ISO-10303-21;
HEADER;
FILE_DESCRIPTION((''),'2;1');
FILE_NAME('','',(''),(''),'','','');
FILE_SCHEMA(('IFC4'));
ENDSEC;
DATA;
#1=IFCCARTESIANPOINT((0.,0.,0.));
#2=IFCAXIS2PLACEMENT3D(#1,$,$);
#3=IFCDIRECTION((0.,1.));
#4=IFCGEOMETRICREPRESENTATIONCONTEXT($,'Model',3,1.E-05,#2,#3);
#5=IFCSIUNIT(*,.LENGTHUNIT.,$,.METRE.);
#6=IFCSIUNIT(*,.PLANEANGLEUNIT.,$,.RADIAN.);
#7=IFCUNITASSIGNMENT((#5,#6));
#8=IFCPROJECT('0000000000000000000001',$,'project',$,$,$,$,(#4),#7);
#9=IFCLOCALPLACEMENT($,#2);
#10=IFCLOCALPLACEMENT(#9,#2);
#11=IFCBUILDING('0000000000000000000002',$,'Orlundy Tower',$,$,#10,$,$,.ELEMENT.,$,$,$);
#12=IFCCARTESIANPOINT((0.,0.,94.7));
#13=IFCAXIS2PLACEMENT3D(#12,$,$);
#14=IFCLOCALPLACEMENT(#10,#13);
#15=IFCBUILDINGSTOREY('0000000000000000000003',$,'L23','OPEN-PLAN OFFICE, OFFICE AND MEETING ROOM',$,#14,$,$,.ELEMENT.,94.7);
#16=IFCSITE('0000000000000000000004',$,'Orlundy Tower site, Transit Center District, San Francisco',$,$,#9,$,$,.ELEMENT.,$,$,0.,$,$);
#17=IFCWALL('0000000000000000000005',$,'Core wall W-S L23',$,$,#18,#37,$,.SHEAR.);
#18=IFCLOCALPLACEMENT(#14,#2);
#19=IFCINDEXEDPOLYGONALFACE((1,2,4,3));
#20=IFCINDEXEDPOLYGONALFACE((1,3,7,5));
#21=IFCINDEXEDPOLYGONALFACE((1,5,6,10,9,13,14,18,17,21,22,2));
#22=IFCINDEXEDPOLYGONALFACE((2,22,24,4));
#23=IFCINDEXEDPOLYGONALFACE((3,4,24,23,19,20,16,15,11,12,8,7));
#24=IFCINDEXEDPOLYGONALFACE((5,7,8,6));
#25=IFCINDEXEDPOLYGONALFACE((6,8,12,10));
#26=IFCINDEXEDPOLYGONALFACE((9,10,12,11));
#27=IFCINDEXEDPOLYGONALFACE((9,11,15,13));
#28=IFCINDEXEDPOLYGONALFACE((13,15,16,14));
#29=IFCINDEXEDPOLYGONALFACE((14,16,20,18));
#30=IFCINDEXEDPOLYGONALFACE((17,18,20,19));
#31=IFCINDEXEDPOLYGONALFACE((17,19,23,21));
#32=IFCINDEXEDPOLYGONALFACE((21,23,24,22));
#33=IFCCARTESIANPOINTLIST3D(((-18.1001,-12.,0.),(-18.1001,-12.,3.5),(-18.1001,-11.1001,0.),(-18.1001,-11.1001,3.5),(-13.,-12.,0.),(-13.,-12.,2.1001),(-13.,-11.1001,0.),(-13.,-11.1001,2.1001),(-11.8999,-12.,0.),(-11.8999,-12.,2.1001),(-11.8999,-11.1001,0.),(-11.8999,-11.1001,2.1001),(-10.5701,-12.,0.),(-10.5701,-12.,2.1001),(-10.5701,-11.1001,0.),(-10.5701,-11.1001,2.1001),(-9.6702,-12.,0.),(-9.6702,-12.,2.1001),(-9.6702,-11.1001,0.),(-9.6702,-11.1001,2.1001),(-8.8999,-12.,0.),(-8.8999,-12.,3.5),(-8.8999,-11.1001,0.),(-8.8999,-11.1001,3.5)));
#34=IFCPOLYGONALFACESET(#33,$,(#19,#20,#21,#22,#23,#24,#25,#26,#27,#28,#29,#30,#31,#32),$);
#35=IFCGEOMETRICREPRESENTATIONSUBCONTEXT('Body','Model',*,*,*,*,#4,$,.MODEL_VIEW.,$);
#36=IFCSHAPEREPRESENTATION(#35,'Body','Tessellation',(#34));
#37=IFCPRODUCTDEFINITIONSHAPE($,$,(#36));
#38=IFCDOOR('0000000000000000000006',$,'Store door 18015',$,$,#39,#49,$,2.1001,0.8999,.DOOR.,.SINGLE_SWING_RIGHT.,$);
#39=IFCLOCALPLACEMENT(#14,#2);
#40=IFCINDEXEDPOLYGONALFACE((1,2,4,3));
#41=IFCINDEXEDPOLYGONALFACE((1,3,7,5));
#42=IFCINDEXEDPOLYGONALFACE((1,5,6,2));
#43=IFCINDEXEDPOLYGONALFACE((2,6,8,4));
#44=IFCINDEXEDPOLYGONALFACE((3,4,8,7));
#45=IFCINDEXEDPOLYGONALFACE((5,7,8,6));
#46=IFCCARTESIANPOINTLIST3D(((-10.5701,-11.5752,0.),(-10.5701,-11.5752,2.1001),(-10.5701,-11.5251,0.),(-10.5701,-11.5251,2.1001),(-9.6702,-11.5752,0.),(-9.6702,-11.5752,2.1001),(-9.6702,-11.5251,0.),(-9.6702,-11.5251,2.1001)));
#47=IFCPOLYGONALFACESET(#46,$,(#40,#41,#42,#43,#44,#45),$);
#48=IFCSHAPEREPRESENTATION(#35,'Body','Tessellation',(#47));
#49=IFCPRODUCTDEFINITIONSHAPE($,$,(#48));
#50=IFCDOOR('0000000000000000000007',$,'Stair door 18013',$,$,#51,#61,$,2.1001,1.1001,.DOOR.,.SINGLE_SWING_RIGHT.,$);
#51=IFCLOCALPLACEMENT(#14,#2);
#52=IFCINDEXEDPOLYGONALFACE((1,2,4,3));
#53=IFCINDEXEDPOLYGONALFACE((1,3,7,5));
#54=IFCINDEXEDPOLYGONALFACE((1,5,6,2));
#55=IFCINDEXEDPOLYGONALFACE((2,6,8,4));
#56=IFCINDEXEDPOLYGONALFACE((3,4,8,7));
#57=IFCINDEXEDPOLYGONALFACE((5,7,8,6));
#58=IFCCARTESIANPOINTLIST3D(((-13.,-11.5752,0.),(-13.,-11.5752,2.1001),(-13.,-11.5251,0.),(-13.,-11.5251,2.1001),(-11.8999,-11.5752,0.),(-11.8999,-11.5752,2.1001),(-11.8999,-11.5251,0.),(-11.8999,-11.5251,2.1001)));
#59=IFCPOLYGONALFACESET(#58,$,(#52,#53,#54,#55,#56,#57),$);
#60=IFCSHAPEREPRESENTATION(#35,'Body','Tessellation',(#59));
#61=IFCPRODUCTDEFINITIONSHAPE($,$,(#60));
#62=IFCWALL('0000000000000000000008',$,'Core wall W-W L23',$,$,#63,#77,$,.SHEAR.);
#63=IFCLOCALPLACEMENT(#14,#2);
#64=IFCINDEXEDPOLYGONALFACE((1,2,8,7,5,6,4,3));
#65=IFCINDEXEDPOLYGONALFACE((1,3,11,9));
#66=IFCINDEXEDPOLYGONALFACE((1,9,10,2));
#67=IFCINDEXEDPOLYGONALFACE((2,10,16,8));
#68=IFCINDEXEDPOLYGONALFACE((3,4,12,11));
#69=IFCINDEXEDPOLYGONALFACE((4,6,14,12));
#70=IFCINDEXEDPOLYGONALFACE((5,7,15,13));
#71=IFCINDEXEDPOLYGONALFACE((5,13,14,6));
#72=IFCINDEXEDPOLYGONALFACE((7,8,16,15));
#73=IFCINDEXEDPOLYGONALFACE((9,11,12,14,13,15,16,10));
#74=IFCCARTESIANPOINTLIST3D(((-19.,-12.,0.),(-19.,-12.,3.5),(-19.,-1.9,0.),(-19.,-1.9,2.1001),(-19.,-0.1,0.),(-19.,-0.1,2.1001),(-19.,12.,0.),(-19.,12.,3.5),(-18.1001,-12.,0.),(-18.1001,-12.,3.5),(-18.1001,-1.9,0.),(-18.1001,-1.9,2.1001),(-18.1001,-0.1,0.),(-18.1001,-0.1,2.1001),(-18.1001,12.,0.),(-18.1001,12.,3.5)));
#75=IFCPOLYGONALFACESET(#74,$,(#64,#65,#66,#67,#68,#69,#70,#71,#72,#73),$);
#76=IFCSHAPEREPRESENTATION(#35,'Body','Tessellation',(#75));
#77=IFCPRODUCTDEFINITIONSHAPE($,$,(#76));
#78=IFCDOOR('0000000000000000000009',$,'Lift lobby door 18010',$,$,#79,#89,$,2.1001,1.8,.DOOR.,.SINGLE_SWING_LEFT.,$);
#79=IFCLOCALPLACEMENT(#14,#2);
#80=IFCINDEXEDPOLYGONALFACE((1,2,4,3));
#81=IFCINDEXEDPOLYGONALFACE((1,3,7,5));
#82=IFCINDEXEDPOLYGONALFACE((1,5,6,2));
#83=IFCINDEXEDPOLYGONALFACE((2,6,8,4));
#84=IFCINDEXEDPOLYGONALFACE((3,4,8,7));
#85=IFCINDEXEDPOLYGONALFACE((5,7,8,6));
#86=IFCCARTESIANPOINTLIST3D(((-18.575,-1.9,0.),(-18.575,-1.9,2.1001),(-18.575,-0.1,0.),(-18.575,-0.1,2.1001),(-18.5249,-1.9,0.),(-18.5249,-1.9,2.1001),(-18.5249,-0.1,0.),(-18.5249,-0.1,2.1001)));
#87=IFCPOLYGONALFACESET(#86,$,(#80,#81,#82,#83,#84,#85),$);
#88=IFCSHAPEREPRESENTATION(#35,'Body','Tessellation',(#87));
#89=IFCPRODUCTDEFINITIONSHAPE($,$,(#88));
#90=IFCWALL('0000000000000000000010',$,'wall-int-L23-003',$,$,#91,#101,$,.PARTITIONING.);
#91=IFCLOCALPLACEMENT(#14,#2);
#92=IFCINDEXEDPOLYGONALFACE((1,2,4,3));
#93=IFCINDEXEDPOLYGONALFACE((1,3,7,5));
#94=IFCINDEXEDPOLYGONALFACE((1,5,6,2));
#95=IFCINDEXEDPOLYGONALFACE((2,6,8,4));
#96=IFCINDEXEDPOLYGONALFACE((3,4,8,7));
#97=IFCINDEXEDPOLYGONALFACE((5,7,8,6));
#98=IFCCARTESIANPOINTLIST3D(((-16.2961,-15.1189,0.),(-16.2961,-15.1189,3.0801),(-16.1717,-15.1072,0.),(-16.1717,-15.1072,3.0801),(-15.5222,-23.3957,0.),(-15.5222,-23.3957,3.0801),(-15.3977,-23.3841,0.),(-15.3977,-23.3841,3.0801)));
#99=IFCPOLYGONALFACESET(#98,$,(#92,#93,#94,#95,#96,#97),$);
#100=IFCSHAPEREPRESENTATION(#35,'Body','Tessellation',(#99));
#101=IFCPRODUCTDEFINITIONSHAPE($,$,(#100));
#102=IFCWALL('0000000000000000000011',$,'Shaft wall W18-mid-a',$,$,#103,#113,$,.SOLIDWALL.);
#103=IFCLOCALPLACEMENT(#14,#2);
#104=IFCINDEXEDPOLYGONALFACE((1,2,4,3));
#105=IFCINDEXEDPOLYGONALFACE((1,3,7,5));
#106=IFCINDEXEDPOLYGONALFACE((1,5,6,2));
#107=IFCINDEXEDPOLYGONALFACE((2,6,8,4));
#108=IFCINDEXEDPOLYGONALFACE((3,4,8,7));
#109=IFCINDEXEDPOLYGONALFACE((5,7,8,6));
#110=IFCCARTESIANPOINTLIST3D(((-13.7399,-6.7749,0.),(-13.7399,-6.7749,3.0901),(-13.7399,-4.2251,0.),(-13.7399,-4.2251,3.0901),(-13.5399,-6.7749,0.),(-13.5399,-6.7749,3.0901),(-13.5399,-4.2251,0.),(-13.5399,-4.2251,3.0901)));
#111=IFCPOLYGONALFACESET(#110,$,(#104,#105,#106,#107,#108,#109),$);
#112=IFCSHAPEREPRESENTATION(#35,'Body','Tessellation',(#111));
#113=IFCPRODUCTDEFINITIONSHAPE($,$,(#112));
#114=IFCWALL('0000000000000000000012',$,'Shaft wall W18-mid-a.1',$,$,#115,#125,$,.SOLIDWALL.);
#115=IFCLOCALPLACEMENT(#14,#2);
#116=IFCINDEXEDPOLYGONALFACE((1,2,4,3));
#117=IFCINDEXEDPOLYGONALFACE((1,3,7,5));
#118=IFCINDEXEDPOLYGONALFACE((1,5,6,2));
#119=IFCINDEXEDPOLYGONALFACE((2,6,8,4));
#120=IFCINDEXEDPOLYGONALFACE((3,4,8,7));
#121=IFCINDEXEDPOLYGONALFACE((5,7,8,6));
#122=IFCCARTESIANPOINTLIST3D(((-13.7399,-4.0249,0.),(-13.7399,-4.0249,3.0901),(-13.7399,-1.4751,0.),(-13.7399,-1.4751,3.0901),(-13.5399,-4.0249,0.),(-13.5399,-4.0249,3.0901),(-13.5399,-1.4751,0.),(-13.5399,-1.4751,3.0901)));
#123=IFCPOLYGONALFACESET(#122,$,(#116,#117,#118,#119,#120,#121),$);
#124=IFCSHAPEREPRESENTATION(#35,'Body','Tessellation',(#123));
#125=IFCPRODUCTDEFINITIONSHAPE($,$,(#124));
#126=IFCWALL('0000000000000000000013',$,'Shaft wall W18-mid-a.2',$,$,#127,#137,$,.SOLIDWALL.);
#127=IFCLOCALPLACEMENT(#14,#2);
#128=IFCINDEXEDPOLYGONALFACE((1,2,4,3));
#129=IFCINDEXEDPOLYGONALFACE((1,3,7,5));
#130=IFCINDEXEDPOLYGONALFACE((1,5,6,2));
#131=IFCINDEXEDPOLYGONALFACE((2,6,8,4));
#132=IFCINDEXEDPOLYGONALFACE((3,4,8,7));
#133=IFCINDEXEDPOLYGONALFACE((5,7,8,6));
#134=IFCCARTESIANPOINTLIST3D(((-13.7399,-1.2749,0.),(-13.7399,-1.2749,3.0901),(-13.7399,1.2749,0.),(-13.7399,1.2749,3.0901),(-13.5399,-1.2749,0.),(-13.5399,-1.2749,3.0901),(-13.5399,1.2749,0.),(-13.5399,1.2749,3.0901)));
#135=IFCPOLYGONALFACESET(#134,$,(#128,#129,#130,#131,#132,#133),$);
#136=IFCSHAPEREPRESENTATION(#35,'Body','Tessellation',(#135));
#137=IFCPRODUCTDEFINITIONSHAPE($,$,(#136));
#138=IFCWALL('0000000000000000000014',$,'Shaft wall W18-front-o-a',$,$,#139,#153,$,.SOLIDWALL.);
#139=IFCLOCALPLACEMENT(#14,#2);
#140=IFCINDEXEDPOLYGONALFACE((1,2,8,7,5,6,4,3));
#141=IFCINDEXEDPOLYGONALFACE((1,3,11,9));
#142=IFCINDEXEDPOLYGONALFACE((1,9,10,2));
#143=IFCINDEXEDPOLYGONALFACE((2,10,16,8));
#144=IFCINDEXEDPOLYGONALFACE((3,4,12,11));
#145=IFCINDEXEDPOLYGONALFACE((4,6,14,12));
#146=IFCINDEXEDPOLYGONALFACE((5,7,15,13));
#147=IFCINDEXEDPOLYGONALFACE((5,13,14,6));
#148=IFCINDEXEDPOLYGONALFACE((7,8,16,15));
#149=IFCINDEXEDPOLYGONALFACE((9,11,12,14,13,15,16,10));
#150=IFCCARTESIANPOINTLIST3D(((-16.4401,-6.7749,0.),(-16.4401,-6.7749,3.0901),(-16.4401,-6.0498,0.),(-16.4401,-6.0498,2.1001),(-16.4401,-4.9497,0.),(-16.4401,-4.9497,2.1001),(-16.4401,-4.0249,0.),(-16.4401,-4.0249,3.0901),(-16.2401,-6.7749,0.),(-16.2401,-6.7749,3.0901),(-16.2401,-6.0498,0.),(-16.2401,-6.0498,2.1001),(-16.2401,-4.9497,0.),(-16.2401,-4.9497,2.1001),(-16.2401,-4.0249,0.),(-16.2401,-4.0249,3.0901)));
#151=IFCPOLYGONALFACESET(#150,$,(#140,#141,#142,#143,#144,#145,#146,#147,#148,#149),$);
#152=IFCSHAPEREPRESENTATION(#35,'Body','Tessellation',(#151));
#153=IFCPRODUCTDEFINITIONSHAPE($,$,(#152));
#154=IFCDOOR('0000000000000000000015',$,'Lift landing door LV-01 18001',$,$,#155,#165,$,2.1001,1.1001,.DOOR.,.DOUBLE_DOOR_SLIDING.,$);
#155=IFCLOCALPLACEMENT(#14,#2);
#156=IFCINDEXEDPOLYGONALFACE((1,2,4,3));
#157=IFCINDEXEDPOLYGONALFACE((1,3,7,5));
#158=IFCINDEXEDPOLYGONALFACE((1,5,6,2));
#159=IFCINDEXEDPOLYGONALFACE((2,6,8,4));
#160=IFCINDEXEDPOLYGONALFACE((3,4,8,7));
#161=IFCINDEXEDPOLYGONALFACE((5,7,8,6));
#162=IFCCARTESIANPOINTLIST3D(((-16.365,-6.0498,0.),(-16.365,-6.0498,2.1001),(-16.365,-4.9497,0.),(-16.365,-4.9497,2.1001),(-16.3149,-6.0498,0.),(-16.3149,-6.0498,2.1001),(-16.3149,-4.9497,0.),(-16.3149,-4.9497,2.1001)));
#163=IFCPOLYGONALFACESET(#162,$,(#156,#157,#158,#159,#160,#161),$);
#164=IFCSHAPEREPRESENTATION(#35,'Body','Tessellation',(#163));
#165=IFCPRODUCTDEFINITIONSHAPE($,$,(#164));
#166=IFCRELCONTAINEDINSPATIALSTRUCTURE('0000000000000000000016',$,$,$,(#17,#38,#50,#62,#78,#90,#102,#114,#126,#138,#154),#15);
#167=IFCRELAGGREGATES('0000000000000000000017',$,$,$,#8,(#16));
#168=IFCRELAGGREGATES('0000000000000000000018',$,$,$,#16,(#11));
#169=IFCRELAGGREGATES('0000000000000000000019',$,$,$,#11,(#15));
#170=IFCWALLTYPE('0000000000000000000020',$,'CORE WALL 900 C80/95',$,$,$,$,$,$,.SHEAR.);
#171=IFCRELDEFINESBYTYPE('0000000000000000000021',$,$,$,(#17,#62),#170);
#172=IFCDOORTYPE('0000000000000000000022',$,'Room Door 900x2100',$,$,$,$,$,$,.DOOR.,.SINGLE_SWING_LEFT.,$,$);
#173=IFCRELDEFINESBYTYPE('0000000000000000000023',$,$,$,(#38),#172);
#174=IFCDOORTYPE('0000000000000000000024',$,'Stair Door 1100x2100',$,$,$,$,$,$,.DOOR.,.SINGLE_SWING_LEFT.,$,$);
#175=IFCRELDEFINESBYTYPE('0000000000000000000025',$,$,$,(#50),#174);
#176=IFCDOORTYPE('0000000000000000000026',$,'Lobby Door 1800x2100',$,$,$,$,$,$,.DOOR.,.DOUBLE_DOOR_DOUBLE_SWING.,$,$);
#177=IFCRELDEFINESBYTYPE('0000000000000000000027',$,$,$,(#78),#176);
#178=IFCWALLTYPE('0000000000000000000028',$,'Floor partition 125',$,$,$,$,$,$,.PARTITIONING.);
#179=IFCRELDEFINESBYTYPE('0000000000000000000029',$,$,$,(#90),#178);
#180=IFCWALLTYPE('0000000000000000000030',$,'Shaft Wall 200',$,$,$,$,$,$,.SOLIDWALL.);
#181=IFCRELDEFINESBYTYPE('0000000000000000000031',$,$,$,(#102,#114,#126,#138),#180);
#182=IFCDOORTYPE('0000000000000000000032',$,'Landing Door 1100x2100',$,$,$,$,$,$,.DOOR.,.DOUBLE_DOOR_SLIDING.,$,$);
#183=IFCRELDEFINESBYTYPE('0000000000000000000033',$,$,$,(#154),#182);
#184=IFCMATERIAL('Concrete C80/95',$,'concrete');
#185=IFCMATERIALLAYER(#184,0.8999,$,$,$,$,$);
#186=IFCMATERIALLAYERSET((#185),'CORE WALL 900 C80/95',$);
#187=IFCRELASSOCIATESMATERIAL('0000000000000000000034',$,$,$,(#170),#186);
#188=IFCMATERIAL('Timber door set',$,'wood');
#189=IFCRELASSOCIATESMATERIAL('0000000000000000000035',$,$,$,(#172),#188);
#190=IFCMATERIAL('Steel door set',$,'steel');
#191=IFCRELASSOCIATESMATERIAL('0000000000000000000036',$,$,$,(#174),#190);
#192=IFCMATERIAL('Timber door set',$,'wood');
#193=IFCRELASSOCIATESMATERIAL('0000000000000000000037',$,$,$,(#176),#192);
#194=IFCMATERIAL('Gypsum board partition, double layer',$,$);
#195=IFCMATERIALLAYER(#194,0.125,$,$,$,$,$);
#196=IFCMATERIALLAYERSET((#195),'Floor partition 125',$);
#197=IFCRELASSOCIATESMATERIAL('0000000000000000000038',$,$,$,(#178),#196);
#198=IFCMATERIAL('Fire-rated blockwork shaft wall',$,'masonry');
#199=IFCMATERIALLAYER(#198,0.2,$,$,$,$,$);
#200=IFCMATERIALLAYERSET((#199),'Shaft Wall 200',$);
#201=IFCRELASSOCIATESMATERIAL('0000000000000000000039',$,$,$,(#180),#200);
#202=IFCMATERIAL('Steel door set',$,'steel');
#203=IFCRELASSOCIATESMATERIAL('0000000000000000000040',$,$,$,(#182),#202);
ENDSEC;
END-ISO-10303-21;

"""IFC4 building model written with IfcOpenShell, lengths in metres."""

from ifc_helpers import new_model, si_unit, direction, frame, frame_2d, origin, place, context, subcontext, project, spatial, rectangle, extrude, material, layer, layer_set, type_object, element, fill, save


model = new_model("IFC4")

# Units and contexts
model_context = context("Model", 3, precision=1e-05, world=origin(), true_north=direction((0.0, 1.0)))
body_context = subcontext(model_context, "Body", "Model", "MODEL_VIEW")
ifc_project = project(units=[si_unit("LENGTHUNIT", "METRE"), si_unit("PLANEANGLEUNIT", "RADIAN")], contexts=[model_context])

# Site, building, storey
site_placement = place(None, origin())
site = spatial("IfcSite", under=ifc_project, at=site_placement, Name="Orlundy Tower site, Transit Center District, San Francisco", CompositionType="ELEMENT", RefElevation=0.0)
building_placement = place(site_placement, origin())
building = spatial("IfcBuilding", under=site, at=building_placement, Name="Orlundy Tower", CompositionType="ELEMENT")
storey_placement = place(building_placement, frame((0.0, 0.0, 94.7)))
storey = spatial("IfcBuildingStorey", under=building, at=storey_placement, Name="L23", Description="OPEN-PLAN OFFICE, OFFICE AND MEETING ROOM", CompositionType="ELEMENT", Elevation=94.7)

# Wall, openings, doors
ifc_material_1 = material(Name="Concrete C80/95", Category="concrete")
ifc_layer_1 = layer(ifc_material_1, 0.8999)
ifc_layer_set_1 = layer_set([ifc_layer_1], Name="CORE WALL 900 C80/95")
wall_type_1 = type_object("IfcWallType", Name="CORE WALL 900 C80/95", PredefinedType="SHEAR", material=ifc_layer_set_1)
wall_1_placement = place(storey_placement, frame((-18.1001, -11.55, 0.0), z_axis=(0.0, 0.0, 1.0), x_axis=(1.0, 0.0, 0.0)))
wall_1 = element("IfcWall", 1, at=wall_1_placement, inside=storey, type_object=wall_type_1, Name="Core wall W-S L23", PredefinedType="SHEAR", context=body_context, shape_type="SweptSolid", body=[
    extrude(rectangle(XDim=9.2002, YDim=0.8999, at=frame_2d((4.6001, 0.0))), origin(), (0.0, 0.0, 1.0), 3.5),
])
opening_1_placement = place(wall_1_placement, frame((5.1001, 0.0, 0.0)))
opening_1 = element("IfcOpeningElement", 2, at=opening_1_placement, cuts=wall_1, PredefinedType="OPENING", context=body_context, shape_type="SweptSolid", body=[
    extrude(rectangle(XDim=1.1001, YDim=2.1001, at=frame_2d((0.55, 1.05))), frame((0.0, 0.46, 0.0), z_axis=(0.0, -1.0, 0.0), x_axis=(1.0, 0.0, 0.0)), (0.0, 0.0, 1.0), 0.9199),
])
opening_2_placement = place(wall_1_placement, frame((7.53, 0.0, 0.0)))
opening_2 = element("IfcOpeningElement", 3, at=opening_2_placement, cuts=wall_1, PredefinedType="OPENING", context=body_context, shape_type="SweptSolid", body=[
    extrude(rectangle(XDim=0.8999, YDim=2.1001, at=frame_2d((0.45, 1.05))), frame((0.0, 0.46, 0.0), z_axis=(0.0, -1.0, 0.0), x_axis=(1.0, 0.0, 0.0)), (0.0, 0.0, 1.0), 0.9199),
])
ifc_material_2 = material(Name="Timber door set", Category="wood")
door_type_1 = type_object("IfcDoorType", Name="Room Door 900x2100", OperationType="SINGLE_SWING_LEFT", PredefinedType="DOOR", material=ifc_material_2)
door_1_placement = place(opening_2_placement, origin())
door_1 = element("IfcDoor", 4, at=door_1_placement, inside=storey, type_object=door_type_1, Name="Store door 18015", OperationType="SINGLE_SWING_RIGHT", OverallHeight=2.1001, OverallWidth=0.8999, PredefinedType="DOOR", context=body_context, shape_type="SweptSolid", body=[
    extrude(rectangle(XDim=0.8999, YDim=2.1001, at=frame_2d((0.45, 1.05))), frame((0.0, 0.0249, 0.0), z_axis=(0.0, -1.0, 0.0), x_axis=(1.0, 0.0, 0.0)), (0.0, 0.0, 1.0), 0.05),
])
fill(opening_2, door_1)
ifc_material_3 = material(Name="Steel door set", Category="steel")
door_type_2 = type_object("IfcDoorType", Name="Stair Door 1100x2100", OperationType="SINGLE_SWING_LEFT", PredefinedType="DOOR", material=ifc_material_3)
door_2_placement = place(opening_1_placement, origin())
door_2 = element("IfcDoor", 5, at=door_2_placement, inside=storey, type_object=door_type_2, Name="Stair door 18013", OperationType="SINGLE_SWING_RIGHT", OverallHeight=2.1001, OverallWidth=1.1001, PredefinedType="DOOR", context=body_context, shape_type="SweptSolid", body=[
    extrude(rectangle(XDim=1.1001, YDim=2.1001, at=frame_2d((0.55, 1.05))), frame((0.0, 0.0249, 0.0), z_axis=(0.0, -1.0, 0.0), x_axis=(1.0, 0.0, 0.0)), (0.0, 0.0, 1.0), 0.05),
])
fill(opening_1, door_2)

# Wall, opening, door
wall_2_placement = place(storey_placement, frame((-18.55, -12.0, 0.0), z_axis=(0.0, 0.0, 1.0), x_axis=(0.0, 1.0, 0.0)))
wall_2 = element("IfcWall", 6, at=wall_2_placement, inside=storey, type_object=wall_type_1, Name="Core wall W-W L23", PredefinedType="SHEAR", context=body_context, shape_type="SweptSolid", body=[
    extrude(rectangle(XDim=24.0, YDim=0.8999, at=frame_2d((12.0, 0.0))), origin(), (0.0, 0.0, 1.0), 3.5),
])
opening_3_placement = place(wall_2_placement, frame((10.1001, 0.0, 0.0)))
opening_3 = element("IfcOpeningElement", 7, at=opening_3_placement, cuts=wall_2, PredefinedType="OPENING", context=body_context, shape_type="SweptSolid", body=[
    extrude(rectangle(XDim=1.8, YDim=2.1001, at=frame_2d((0.8999, 1.05))), frame((0.0, 0.46, 0.0), z_axis=(0.0, -1.0, 0.0), x_axis=(1.0, 0.0, 0.0)), (0.0, 0.0, 1.0), 0.9199),
])
ifc_material_4 = material(Name="Timber door set", Category="wood")
door_type_3 = type_object("IfcDoorType", Name="Lobby Door 1800x2100", OperationType="DOUBLE_DOOR_DOUBLE_SWING", PredefinedType="DOOR", material=ifc_material_4)
door_3_placement = place(opening_3_placement, origin())
door_3 = element("IfcDoor", 8, at=door_3_placement, inside=storey, type_object=door_type_3, Name="Lift lobby door 18010", OperationType="SINGLE_SWING_LEFT", OverallHeight=2.1001, OverallWidth=1.8, PredefinedType="DOOR", context=body_context, shape_type="SweptSolid", body=[
    extrude(rectangle(XDim=1.8, YDim=2.1001, at=frame_2d((0.8999, 1.05))), frame((0.0, 0.0249, 0.0), z_axis=(0.0, -1.0, 0.0), x_axis=(1.0, 0.0, 0.0)), (0.0, 0.0, 1.0), 0.05),
])
fill(opening_3, door_3)

# Walls
ifc_material_5 = material(Name="Gypsum board partition, double layer")
ifc_layer_2 = layer(ifc_material_5, 0.125)
ifc_layer_set_2 = layer_set([ifc_layer_2], Name="Floor partition 125")
wall_type_2 = type_object("IfcWallType", Name="Floor partition 125", PredefinedType="PARTITIONING", material=ifc_layer_set_2)
wall_3_placement = place(storey_placement, frame((-16.2339, -15.113, 0.0), z_axis=(0.0, 0.0, 1.0), x_axis=(0.093099, -0.995657, 0.0)))
element("IfcWall", 9, at=wall_3_placement, inside=storey, type_object=wall_type_2, Name="wall-int-L23-003", PredefinedType="PARTITIONING", context=body_context, shape_type="SweptSolid", body=[
    extrude(rectangle(XDim=8.313, YDim=0.125, at=frame_2d((4.1565, 0.0))), origin(), (0.0, 0.0, 1.0), 3.0801),
])
ifc_material_6 = material(Name="Fire-rated blockwork shaft wall", Category="masonry")
ifc_layer_3 = layer(ifc_material_6, 0.2)
ifc_layer_set_3 = layer_set([ifc_layer_3], Name="Shaft Wall 200")
wall_type_3 = type_object("IfcWallType", Name="Shaft Wall 200", PredefinedType="SOLIDWALL", material=ifc_layer_set_3)
for number, where, z_axis, x_axis, name in (
    (10, (-13.6399, -6.7749, 0.0), (0.0, 0.0, 1.0), (0.0, 1.0, 0.0), "Shaft wall W18-mid-a"),
    (11, (-13.6399, -4.0249, 0.0), (0.0, 0.0, 1.0), (0.0, 1.0, 0.0), "Shaft wall W18-mid-a.1"),
    (12, (-13.6399, -1.2749, 0.0), (0.0, 0.0, 1.0), (0.0, 1.0, 0.0), "Shaft wall W18-mid-a.2"),
):
    element("IfcWall", number, at=place(storey_placement, frame(where, z_axis=z_axis, x_axis=x_axis)), inside=storey, type_object=wall_type_3, Name=name, PredefinedType="SOLIDWALL", context=body_context, shape_type="SweptSolid", body=[
        extrude(rectangle(XDim=2.5498, YDim=0.2, at=frame_2d((1.2749, 0.0))), origin(), (0.0, 0.0, 1.0), 3.0901),
    ])

# Wall, opening, door
wall_4_placement = place(storey_placement, frame((-16.3401, -6.7749, 0.0), z_axis=(0.0, 0.0, 1.0), x_axis=(0.0, 1.0, 0.0)))
wall_4 = element("IfcWall", 13, at=wall_4_placement, inside=storey, type_object=wall_type_3, Name="Shaft wall W18-front-o-a", PredefinedType="SOLIDWALL", context=body_context, shape_type="SweptSolid", body=[
    extrude(rectangle(XDim=2.75, YDim=0.2, at=frame_2d((1.375, 0.0))), origin(), (0.0, 0.0, 1.0), 3.0901),
])
opening_4_placement = place(wall_4_placement, frame((0.7251, 0.0, 0.0)))
opening_4 = element("IfcOpeningElement", 14, at=opening_4_placement, cuts=wall_4, PredefinedType="OPENING", context=body_context, shape_type="SweptSolid", body=[
    extrude(rectangle(XDim=1.1001, YDim=2.1001, at=frame_2d((0.55, 1.05))), frame((0.0, 0.1101, 0.0), z_axis=(0.0, -1.0, 0.0), x_axis=(1.0, 0.0, 0.0)), (0.0, 0.0, 1.0), 0.2202),
])
ifc_material_7 = material(Name="Steel door set", Category="steel")
door_type_4 = type_object("IfcDoorType", Name="Landing Door 1100x2100", OperationType="DOUBLE_DOOR_SLIDING", PredefinedType="DOOR", material=ifc_material_7)
door_4_placement = place(opening_4_placement, origin())
door_4 = element("IfcDoor", 15, at=door_4_placement, inside=storey, type_object=door_type_4, Name="Lift landing door LV-01 18001", OperationType="DOUBLE_DOOR_SLIDING", OverallHeight=2.1001, OverallWidth=1.1001, PredefinedType="DOOR", context=body_context, shape_type="SweptSolid", body=[
    extrude(rectangle(XDim=1.1001, YDim=2.1001, at=frame_2d((0.55, 1.05))), frame((0.0, 0.0249, 0.0), z_axis=(0.0, -1.0, 0.0), x_axis=(1.0, 0.0, 0.0)), (0.0, 0.0, 1.0), 0.05),
])
fill(opening_4, door_4)

save(model, "model.ifc")
